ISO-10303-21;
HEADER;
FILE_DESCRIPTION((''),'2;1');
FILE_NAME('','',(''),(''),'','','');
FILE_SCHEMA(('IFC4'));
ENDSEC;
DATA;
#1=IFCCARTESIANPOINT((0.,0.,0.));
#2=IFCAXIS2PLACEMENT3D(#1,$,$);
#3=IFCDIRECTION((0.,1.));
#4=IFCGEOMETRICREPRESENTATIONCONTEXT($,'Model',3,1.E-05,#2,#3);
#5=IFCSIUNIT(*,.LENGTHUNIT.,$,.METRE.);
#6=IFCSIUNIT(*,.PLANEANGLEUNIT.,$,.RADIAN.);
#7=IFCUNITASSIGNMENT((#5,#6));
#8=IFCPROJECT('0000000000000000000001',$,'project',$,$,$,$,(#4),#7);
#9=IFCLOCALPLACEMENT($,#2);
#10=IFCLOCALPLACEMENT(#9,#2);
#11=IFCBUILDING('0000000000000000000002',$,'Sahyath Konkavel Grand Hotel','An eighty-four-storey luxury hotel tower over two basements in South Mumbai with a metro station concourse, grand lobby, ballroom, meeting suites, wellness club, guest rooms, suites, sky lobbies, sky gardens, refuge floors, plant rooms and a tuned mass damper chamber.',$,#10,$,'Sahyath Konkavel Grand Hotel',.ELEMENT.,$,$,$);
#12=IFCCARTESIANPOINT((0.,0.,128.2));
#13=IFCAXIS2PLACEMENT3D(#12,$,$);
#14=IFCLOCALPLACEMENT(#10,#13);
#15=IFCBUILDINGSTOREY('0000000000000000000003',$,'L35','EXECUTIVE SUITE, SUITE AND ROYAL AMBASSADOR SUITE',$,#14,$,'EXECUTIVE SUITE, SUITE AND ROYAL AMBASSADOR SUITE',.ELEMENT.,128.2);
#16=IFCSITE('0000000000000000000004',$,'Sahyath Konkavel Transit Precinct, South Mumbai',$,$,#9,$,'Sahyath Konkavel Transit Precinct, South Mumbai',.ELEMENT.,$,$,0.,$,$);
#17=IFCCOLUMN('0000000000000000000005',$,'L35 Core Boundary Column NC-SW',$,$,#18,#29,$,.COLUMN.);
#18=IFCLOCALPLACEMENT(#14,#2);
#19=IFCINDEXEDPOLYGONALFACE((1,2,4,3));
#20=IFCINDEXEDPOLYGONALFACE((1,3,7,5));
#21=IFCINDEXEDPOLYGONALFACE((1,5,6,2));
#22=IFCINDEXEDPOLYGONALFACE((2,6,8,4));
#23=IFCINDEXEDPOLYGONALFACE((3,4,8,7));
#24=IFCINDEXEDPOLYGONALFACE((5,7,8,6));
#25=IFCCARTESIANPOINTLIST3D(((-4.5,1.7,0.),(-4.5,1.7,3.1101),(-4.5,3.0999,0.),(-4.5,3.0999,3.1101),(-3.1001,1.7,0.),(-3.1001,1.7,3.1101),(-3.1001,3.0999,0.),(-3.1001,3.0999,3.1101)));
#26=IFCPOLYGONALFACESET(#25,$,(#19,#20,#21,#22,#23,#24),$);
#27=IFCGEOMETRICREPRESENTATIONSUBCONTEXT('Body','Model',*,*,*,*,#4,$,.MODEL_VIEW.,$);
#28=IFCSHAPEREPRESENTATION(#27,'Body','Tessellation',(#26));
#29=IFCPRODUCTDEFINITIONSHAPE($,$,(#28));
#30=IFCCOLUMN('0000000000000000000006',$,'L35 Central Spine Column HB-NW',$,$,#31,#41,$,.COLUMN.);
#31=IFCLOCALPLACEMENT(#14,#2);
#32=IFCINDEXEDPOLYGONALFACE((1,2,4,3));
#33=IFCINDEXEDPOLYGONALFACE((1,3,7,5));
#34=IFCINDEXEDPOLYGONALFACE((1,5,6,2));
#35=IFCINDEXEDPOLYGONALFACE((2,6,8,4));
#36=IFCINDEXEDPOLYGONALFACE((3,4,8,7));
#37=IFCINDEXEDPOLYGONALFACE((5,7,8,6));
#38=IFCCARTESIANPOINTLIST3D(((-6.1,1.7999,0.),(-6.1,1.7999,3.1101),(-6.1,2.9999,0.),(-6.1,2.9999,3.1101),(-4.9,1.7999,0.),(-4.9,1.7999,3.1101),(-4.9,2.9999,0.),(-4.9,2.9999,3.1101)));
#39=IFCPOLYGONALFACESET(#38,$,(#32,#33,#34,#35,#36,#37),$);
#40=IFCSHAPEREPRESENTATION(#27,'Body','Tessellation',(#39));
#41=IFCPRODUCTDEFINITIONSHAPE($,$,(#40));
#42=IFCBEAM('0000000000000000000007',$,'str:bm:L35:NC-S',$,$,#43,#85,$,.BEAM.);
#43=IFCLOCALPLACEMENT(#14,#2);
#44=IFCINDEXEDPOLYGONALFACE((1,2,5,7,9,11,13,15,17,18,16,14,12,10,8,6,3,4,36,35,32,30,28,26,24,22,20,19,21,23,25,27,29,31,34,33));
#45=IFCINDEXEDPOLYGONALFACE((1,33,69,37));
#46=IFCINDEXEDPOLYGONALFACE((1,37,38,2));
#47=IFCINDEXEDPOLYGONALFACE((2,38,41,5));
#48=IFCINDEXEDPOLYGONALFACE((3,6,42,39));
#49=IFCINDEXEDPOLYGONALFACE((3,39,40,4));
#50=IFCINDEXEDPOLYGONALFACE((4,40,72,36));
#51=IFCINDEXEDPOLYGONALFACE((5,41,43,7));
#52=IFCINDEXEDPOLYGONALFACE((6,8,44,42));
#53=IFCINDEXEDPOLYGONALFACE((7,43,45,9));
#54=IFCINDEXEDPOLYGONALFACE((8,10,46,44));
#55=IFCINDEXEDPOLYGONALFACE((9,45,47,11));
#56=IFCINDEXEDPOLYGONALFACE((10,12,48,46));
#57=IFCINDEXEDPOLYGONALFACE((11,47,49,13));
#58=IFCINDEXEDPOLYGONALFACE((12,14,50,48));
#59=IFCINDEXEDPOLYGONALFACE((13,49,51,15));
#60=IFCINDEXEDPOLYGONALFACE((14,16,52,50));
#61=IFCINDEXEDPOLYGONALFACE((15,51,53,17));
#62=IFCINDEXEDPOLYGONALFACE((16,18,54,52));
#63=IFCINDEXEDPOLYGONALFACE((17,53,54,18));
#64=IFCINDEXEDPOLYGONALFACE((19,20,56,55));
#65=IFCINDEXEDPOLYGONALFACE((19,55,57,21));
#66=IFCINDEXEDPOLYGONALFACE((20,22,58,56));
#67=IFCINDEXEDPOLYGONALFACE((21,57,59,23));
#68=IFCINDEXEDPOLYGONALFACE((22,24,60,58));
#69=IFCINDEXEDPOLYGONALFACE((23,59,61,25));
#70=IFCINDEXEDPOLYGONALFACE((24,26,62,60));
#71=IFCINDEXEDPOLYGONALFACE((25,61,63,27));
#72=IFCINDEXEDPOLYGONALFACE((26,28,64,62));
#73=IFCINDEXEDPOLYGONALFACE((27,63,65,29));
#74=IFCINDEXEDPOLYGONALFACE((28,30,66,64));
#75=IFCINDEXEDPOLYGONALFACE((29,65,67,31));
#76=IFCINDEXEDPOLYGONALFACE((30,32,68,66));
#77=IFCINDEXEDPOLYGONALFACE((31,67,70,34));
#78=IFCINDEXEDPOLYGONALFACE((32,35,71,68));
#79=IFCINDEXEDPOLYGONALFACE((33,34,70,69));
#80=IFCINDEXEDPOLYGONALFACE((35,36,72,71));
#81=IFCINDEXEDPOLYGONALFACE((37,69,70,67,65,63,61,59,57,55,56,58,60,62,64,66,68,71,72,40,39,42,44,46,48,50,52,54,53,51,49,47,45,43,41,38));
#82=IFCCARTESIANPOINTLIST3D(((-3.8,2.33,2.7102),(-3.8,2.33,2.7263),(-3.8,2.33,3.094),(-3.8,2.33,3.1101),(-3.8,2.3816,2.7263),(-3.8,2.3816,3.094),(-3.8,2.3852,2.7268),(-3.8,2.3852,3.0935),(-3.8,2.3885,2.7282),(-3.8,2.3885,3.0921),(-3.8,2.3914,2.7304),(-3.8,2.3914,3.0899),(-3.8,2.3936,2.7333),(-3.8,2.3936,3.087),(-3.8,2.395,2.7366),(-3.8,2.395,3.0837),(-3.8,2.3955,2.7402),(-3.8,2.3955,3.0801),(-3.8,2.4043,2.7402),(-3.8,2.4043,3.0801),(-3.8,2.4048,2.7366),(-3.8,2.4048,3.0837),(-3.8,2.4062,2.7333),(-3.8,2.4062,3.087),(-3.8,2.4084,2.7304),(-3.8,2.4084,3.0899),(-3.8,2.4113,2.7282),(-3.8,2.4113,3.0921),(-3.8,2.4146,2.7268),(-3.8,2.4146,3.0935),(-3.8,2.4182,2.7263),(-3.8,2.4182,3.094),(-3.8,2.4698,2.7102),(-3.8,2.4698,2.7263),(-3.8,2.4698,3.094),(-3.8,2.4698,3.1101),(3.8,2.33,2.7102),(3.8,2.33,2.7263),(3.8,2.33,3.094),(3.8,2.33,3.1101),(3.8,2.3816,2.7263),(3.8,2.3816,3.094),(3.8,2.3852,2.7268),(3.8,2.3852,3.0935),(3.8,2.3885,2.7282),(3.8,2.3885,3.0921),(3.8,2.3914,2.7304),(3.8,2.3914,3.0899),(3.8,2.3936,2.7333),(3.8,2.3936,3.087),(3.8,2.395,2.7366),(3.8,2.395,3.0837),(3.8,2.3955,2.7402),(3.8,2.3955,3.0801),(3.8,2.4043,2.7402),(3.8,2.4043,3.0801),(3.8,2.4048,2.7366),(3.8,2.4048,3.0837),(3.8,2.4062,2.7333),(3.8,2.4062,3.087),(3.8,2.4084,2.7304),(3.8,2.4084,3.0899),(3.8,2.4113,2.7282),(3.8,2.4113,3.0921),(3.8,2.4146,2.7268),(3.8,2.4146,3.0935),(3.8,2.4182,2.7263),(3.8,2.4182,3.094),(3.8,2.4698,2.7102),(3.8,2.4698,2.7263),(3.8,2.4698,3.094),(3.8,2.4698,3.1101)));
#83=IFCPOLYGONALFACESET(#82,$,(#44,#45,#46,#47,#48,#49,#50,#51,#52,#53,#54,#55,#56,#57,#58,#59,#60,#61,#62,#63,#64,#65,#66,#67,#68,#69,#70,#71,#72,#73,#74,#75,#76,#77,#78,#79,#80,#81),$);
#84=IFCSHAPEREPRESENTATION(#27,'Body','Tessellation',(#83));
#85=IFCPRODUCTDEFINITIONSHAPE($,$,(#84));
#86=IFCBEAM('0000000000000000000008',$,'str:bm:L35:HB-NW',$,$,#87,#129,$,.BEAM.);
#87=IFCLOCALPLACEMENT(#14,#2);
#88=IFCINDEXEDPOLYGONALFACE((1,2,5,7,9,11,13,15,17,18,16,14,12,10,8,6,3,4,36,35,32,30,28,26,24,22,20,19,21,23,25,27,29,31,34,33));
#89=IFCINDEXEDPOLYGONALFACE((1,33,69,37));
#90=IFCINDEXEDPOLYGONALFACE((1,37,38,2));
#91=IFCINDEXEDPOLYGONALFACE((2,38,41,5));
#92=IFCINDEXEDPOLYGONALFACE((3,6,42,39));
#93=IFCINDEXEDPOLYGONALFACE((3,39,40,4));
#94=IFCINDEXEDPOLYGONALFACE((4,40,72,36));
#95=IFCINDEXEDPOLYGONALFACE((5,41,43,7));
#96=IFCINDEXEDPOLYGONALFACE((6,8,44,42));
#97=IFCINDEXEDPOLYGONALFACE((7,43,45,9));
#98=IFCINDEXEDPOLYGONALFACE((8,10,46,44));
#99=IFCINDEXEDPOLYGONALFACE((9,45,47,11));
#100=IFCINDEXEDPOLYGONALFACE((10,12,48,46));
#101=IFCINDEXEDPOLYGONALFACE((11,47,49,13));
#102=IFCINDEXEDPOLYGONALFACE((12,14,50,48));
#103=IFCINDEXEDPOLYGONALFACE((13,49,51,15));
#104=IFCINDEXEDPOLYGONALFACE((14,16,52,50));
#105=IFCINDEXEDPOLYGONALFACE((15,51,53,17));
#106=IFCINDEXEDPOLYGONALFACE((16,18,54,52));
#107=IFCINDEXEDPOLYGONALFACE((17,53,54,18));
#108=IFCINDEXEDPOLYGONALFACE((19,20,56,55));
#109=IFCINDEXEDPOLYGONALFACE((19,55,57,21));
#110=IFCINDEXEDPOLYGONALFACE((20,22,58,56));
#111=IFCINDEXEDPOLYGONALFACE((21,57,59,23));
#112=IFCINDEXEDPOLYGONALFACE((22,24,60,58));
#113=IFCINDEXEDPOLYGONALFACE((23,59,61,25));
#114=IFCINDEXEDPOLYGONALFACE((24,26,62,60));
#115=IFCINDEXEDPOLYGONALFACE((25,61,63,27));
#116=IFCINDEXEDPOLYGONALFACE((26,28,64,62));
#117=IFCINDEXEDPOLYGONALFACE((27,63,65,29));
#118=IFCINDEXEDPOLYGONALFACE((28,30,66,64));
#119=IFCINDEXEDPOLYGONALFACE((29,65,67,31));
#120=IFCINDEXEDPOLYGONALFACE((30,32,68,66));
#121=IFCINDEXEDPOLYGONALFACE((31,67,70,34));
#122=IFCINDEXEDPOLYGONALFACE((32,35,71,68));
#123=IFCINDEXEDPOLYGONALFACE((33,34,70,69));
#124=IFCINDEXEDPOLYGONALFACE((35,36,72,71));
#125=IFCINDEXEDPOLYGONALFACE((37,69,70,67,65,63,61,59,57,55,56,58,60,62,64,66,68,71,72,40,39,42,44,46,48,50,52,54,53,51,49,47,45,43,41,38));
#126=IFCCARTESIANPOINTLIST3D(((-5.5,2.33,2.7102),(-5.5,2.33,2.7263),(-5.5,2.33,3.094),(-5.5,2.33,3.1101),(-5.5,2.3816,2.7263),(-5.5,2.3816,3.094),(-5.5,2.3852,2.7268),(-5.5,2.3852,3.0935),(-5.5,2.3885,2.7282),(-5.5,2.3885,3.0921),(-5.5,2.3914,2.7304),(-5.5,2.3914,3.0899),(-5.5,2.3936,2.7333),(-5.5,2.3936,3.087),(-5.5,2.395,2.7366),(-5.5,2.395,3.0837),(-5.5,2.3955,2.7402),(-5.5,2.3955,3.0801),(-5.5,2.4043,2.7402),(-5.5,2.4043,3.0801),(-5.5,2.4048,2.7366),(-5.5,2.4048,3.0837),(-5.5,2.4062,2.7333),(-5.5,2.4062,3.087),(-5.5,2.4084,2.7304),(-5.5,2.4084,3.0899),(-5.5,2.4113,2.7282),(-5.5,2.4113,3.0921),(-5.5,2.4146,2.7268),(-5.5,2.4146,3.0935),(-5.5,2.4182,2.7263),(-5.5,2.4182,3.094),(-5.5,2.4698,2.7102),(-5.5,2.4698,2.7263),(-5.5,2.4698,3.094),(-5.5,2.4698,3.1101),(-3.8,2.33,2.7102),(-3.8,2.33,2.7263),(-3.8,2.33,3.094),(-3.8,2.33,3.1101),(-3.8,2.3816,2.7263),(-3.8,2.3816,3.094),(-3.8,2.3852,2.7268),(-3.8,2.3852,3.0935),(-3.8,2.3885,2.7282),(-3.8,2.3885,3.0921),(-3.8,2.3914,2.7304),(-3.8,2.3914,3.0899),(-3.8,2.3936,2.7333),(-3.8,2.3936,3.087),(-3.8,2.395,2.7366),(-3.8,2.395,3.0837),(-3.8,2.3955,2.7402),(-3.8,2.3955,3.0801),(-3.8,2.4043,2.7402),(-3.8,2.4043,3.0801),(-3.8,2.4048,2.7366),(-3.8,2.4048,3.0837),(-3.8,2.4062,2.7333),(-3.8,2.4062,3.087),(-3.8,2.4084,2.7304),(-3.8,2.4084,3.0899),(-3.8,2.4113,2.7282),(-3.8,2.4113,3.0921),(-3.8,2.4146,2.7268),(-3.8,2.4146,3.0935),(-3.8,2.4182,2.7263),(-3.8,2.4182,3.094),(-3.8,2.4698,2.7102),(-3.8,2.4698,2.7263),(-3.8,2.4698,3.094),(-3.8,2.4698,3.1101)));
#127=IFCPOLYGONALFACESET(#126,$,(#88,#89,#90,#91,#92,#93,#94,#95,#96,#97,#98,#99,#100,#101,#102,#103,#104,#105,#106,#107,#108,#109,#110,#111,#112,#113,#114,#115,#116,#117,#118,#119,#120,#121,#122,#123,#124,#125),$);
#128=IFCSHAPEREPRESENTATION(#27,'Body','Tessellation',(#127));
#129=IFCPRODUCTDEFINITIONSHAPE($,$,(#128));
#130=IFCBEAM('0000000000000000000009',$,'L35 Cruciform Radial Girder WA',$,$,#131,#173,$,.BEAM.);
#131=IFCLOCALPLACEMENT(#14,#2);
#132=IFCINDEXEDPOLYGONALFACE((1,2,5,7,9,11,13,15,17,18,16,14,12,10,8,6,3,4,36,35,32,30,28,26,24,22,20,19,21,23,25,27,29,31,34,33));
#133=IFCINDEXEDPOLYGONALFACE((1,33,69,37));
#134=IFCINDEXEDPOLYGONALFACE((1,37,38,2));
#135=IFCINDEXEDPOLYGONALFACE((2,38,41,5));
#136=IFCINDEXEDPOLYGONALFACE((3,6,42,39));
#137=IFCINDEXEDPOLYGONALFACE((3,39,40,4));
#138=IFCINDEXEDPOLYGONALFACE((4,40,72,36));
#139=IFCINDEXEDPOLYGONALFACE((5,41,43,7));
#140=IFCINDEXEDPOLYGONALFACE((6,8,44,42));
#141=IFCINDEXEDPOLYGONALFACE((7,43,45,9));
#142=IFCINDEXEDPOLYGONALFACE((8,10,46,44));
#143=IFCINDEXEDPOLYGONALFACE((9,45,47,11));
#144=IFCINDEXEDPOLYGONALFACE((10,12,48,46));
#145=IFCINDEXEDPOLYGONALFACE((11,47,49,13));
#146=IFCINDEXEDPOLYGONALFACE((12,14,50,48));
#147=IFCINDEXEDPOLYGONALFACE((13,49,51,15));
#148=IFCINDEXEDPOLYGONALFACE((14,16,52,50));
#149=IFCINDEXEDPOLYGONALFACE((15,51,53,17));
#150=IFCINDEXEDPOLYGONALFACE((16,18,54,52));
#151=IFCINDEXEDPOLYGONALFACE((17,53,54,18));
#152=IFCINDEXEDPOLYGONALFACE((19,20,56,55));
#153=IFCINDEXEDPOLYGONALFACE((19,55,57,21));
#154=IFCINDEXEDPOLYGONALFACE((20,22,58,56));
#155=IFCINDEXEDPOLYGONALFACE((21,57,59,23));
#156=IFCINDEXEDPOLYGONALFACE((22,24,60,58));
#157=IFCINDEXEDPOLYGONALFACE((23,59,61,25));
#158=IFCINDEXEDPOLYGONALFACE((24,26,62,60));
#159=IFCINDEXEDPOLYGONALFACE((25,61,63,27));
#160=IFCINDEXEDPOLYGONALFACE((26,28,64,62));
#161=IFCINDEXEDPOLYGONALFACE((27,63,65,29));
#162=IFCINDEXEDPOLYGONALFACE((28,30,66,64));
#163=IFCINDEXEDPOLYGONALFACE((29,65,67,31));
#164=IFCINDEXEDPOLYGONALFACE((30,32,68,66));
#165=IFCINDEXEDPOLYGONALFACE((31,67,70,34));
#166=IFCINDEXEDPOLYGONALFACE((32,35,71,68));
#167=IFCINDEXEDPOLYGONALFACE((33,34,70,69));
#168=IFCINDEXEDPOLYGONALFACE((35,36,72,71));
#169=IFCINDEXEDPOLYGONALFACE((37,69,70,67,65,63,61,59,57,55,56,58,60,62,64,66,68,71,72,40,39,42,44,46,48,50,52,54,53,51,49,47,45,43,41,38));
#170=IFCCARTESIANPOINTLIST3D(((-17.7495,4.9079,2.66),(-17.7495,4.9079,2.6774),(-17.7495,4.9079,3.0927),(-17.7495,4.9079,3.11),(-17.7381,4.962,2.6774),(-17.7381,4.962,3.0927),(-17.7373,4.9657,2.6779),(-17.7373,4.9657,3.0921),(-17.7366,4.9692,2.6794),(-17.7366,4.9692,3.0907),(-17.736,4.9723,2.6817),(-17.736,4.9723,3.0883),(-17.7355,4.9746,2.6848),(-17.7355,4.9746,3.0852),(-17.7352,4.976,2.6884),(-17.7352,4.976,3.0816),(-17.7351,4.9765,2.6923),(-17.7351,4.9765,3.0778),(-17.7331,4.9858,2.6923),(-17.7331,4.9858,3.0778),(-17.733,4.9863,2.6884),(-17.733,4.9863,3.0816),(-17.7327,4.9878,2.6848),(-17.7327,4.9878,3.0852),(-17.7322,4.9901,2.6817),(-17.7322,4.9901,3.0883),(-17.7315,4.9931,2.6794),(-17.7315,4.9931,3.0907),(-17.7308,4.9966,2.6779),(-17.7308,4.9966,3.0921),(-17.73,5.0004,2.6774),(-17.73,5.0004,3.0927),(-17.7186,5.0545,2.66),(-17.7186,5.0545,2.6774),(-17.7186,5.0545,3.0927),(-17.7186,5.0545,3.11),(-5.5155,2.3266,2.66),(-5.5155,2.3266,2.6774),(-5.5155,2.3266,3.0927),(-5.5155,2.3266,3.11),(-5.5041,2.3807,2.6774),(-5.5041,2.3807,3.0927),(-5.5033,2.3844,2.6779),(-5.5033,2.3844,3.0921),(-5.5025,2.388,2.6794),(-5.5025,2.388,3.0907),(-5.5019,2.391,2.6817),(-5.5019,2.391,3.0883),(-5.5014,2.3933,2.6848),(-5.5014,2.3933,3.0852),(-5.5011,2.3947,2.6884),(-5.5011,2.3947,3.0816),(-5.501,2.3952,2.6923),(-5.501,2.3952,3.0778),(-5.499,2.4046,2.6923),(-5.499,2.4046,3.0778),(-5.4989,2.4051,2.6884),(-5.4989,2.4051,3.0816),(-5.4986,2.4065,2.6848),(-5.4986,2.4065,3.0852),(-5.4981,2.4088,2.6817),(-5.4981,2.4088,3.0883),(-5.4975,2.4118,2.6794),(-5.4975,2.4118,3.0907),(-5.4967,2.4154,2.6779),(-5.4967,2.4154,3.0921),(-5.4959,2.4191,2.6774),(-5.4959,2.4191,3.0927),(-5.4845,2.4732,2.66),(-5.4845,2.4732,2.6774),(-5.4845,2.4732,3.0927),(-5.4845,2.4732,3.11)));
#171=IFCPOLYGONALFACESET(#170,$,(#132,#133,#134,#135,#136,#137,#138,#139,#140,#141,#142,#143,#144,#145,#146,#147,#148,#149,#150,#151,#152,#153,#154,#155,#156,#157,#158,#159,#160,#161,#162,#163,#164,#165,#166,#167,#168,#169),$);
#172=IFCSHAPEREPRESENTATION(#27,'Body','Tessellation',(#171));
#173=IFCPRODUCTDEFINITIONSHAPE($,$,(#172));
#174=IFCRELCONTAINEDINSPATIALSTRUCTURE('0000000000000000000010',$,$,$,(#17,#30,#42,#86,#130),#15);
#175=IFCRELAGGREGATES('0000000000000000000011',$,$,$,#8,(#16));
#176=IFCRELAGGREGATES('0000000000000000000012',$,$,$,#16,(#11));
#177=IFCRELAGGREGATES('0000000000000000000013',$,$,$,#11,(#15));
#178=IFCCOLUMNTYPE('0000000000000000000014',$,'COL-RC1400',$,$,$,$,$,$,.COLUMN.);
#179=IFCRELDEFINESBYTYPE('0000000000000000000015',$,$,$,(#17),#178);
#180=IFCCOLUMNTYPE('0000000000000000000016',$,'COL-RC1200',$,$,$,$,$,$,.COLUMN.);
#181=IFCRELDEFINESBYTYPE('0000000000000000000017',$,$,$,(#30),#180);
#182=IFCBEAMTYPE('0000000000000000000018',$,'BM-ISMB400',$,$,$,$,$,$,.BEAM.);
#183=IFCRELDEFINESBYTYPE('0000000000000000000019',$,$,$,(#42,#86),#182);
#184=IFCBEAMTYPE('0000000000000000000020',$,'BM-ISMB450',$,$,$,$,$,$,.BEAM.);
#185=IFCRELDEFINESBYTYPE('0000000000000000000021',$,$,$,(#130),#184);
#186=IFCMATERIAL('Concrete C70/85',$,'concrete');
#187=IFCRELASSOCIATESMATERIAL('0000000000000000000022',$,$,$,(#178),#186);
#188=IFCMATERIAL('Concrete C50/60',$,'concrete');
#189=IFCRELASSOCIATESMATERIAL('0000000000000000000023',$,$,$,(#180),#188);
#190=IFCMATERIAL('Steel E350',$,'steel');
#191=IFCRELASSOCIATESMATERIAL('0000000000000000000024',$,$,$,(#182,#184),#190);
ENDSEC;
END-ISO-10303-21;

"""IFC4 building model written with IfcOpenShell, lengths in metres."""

from ifc_helpers import new_model, si_unit, direction, frame, origin, origin_2d, place, context, subcontext, project, spatial, rectangle, i_section, extrude, source, transform, mapped, material, material_profile, profile_set, type_object, element, save


model = new_model("IFC4")

# Units and contexts
model_context = context("Model", 3, precision=1e-05, world=origin(), true_north=direction((0.0, 1.0)))
body_context = subcontext(model_context, "Body", "Model", "MODEL_VIEW")
ifc_project = project(units=[si_unit("LENGTHUNIT", "METRE"), si_unit("PLANEANGLEUNIT", "RADIAN")], contexts=[model_context])

# Site, building, storey
site_placement = place(None, origin())
site = spatial("IfcSite", under=ifc_project, at=site_placement, Name="Sahyath Konkavel Transit Precinct, South Mumbai", LongName="Sahyath Konkavel Transit Precinct, South Mumbai", CompositionType="ELEMENT", RefElevation=0.0)
building_placement = place(site_placement, origin())
building = spatial("IfcBuilding", under=site, at=building_placement, Name="Sahyath Konkavel Grand Hotel", Description="An eighty-four-storey luxury hotel tower over two basements in South Mumbai with a metro station concourse, grand lobby, ballroom, meeting suites, wellness club, guest rooms, suites, sky lobbies, sky gardens, refuge floors, plant rooms and a tuned mass damper chamber.", LongName="Sahyath Konkavel Grand Hotel", CompositionType="ELEMENT")
storey_placement = place(building_placement, frame((0.0, 0.0, 128.2)))
storey = spatial("IfcBuildingStorey", under=building, at=storey_placement, Name="L35", Description="EXECUTIVE SUITE, SUITE AND ROYAL AMBASSADOR SUITE", LongName="EXECUTIVE SUITE, SUITE AND ROYAL AMBASSADOR SUITE", CompositionType="ELEMENT", Elevation=128.2)

# Columns
ifc_material_1 = material(Name="Concrete C70/85", Category="concrete")
ifc_material_profile_1 = material_profile(ifc_material_1, rectangle(XDim=1.3999, YDim=1.3999, at=origin_2d()), Name="RC 1400x1400")
ifc_profile_set_1 = profile_set([ifc_material_profile_1], Name="Concrete C70/85")
column_type_1 = type_object("IfcColumnType", Name="COL-RC1400", PredefinedType="COLUMN", material=ifc_profile_set_1)
shared_shape_1 = source(origin(), body_context, "Body", "SweptSolid", [
    extrude(rectangle(XDim=1.3999, YDim=1.3999, at=origin_2d()), origin(), (0.0, 0.0, 1.0), 3.1101),
])
column_1_placement = place(storey_placement, frame((-3.8, 2.3999, 0.0), z_axis=(0.0, 0.0, 1.0), x_axis=(1.0, 0.0, 0.0)))
element("IfcColumn", 1, at=column_1_placement, inside=storey, type_object=column_type_1, Name="L35 Core Boundary Column NC-SW", PredefinedType="COLUMN", context=body_context, shape_type="MappedRepresentation", body=[
    mapped(shared_shape_1, transform((0.0, 0.0, 0.0), scale=1.0)),
])
ifc_material_2 = material(Name="Concrete C50/60", Category="concrete")
ifc_material_profile_2 = material_profile(ifc_material_2, rectangle(XDim=1.2, YDim=1.2, at=origin_2d()), Name="RC 1200x1200")
ifc_profile_set_2 = profile_set([ifc_material_profile_2], Name="Concrete C50/60")
column_type_2 = type_object("IfcColumnType", Name="COL-RC1200", PredefinedType="COLUMN", material=ifc_profile_set_2)
shared_shape_2 = source(origin(), body_context, "Body", "SweptSolid", [
    extrude(rectangle(XDim=1.2, YDim=1.2, at=origin_2d()), origin(), (0.0, 0.0, 1.0), 3.1101),
])
column_2_placement = place(storey_placement, frame((-5.5, 2.3999, 0.0), z_axis=(0.0, 0.0, 1.0), x_axis=(1.0, 0.0, 0.0)))
element("IfcColumn", 2, at=column_2_placement, inside=storey, type_object=column_type_2, Name="L35 Central Spine Column HB-NW", PredefinedType="COLUMN", context=body_context, shape_type="MappedRepresentation", body=[
    mapped(shared_shape_2, transform((0.0, 0.0, 0.0), scale=1.0)),
])

# Beams
ifc_material_3 = material(Name="Steel E350", Category="steel")
ifc_material_profile_3 = material_profile(ifc_material_3, i_section(OverallWidth=0.1399, OverallDepth=0.3999, WebThickness=0.0088, FlangeThickness=0.0161, FilletRadius=0.0139, at=origin_2d()), Name="ISMB 400")
ifc_profile_set_3 = profile_set([ifc_material_profile_3], Name="Steel E350")
beam_type_1 = type_object("IfcBeamType", Name="BM-ISMB400", PredefinedType="BEAM", material=ifc_profile_set_3)
shared_shape_3 = source(origin(), body_context, "Body", "SweptSolid", [
    extrude(i_section(OverallWidth=0.1399, OverallDepth=0.3999, WebThickness=0.0088, FlangeThickness=0.0161, FilletRadius=0.0139, at=origin_2d()), origin(), (0.0, 0.0, 1.0), 7.6001),
])
beam_1_placement = place(storey_placement, frame((-3.8, 2.3999, 2.9102), z_axis=(1.0, 0.0, 0.0), x_axis=(0.0, 1.0, 0.0)))
element("IfcBeam", 3, at=beam_1_placement, inside=storey, type_object=beam_type_1, Name="str:bm:L35:NC-S", PredefinedType="BEAM", context=body_context, shape_type="MappedRepresentation", body=[
    mapped(shared_shape_3, transform((0.0, 0.0, 0.0), scale=1.0)),
])
shared_shape_4 = source(origin(), body_context, "Body", "SweptSolid", [
    extrude(i_section(OverallWidth=0.1399, OverallDepth=0.3999, WebThickness=0.0088, FlangeThickness=0.0161, FilletRadius=0.0139, at=origin_2d()), origin(), (0.0, 0.0, 1.0), 1.7),
])
beam_2_placement = place(storey_placement, frame((-5.5, 2.3999, 2.9102), z_axis=(1.0, 0.0, 0.0), x_axis=(0.0, 1.0, 0.0)))
element("IfcBeam", 4, at=beam_2_placement, inside=storey, type_object=beam_type_1, Name="str:bm:L35:HB-NW", PredefinedType="BEAM", context=body_context, shape_type="MappedRepresentation", body=[
    mapped(shared_shape_4, transform((0.0, 0.0, 0.0), scale=1.0)),
])
ifc_material_profile_4 = material_profile(ifc_material_3, i_section(OverallWidth=0.1499, OverallDepth=0.45, WebThickness=0.0095, FlangeThickness=0.0173, FilletRadius=0.0149, at=origin_2d()), Name="ISMB 450")
ifc_profile_set_4 = profile_set([ifc_material_profile_4], Name="Steel E350")
beam_type_2 = type_object("IfcBeamType", Name="BM-ISMB450", PredefinedType="BEAM", material=ifc_profile_set_4)
shared_shape_5 = source(origin(), body_context, "Body", "SweptSolid", [
    extrude(i_section(OverallWidth=0.1499, OverallDepth=0.45, WebThickness=0.0095, FlangeThickness=0.0173, FilletRadius=0.0149, at=origin_2d()), origin(), (0.0, 0.0, 1.0), 12.5034),
])
beam_3_placement = place(storey_placement, frame((-5.5, 2.3999, 2.885), z_axis=(-0.978458, 0.206446, 0.0), x_axis=(-0.206446, -0.978458, 0.0)))
element("IfcBeam", 5, at=beam_3_placement, inside=storey, type_object=beam_type_2, Name="L35 Cruciform Radial Girder WA", PredefinedType="BEAM", context=body_context, shape_type="MappedRepresentation", body=[
    mapped(shared_shape_5, transform((0.0, 0.0, 0.0), scale=1.0)),
])

save(model, "model.ifc")
